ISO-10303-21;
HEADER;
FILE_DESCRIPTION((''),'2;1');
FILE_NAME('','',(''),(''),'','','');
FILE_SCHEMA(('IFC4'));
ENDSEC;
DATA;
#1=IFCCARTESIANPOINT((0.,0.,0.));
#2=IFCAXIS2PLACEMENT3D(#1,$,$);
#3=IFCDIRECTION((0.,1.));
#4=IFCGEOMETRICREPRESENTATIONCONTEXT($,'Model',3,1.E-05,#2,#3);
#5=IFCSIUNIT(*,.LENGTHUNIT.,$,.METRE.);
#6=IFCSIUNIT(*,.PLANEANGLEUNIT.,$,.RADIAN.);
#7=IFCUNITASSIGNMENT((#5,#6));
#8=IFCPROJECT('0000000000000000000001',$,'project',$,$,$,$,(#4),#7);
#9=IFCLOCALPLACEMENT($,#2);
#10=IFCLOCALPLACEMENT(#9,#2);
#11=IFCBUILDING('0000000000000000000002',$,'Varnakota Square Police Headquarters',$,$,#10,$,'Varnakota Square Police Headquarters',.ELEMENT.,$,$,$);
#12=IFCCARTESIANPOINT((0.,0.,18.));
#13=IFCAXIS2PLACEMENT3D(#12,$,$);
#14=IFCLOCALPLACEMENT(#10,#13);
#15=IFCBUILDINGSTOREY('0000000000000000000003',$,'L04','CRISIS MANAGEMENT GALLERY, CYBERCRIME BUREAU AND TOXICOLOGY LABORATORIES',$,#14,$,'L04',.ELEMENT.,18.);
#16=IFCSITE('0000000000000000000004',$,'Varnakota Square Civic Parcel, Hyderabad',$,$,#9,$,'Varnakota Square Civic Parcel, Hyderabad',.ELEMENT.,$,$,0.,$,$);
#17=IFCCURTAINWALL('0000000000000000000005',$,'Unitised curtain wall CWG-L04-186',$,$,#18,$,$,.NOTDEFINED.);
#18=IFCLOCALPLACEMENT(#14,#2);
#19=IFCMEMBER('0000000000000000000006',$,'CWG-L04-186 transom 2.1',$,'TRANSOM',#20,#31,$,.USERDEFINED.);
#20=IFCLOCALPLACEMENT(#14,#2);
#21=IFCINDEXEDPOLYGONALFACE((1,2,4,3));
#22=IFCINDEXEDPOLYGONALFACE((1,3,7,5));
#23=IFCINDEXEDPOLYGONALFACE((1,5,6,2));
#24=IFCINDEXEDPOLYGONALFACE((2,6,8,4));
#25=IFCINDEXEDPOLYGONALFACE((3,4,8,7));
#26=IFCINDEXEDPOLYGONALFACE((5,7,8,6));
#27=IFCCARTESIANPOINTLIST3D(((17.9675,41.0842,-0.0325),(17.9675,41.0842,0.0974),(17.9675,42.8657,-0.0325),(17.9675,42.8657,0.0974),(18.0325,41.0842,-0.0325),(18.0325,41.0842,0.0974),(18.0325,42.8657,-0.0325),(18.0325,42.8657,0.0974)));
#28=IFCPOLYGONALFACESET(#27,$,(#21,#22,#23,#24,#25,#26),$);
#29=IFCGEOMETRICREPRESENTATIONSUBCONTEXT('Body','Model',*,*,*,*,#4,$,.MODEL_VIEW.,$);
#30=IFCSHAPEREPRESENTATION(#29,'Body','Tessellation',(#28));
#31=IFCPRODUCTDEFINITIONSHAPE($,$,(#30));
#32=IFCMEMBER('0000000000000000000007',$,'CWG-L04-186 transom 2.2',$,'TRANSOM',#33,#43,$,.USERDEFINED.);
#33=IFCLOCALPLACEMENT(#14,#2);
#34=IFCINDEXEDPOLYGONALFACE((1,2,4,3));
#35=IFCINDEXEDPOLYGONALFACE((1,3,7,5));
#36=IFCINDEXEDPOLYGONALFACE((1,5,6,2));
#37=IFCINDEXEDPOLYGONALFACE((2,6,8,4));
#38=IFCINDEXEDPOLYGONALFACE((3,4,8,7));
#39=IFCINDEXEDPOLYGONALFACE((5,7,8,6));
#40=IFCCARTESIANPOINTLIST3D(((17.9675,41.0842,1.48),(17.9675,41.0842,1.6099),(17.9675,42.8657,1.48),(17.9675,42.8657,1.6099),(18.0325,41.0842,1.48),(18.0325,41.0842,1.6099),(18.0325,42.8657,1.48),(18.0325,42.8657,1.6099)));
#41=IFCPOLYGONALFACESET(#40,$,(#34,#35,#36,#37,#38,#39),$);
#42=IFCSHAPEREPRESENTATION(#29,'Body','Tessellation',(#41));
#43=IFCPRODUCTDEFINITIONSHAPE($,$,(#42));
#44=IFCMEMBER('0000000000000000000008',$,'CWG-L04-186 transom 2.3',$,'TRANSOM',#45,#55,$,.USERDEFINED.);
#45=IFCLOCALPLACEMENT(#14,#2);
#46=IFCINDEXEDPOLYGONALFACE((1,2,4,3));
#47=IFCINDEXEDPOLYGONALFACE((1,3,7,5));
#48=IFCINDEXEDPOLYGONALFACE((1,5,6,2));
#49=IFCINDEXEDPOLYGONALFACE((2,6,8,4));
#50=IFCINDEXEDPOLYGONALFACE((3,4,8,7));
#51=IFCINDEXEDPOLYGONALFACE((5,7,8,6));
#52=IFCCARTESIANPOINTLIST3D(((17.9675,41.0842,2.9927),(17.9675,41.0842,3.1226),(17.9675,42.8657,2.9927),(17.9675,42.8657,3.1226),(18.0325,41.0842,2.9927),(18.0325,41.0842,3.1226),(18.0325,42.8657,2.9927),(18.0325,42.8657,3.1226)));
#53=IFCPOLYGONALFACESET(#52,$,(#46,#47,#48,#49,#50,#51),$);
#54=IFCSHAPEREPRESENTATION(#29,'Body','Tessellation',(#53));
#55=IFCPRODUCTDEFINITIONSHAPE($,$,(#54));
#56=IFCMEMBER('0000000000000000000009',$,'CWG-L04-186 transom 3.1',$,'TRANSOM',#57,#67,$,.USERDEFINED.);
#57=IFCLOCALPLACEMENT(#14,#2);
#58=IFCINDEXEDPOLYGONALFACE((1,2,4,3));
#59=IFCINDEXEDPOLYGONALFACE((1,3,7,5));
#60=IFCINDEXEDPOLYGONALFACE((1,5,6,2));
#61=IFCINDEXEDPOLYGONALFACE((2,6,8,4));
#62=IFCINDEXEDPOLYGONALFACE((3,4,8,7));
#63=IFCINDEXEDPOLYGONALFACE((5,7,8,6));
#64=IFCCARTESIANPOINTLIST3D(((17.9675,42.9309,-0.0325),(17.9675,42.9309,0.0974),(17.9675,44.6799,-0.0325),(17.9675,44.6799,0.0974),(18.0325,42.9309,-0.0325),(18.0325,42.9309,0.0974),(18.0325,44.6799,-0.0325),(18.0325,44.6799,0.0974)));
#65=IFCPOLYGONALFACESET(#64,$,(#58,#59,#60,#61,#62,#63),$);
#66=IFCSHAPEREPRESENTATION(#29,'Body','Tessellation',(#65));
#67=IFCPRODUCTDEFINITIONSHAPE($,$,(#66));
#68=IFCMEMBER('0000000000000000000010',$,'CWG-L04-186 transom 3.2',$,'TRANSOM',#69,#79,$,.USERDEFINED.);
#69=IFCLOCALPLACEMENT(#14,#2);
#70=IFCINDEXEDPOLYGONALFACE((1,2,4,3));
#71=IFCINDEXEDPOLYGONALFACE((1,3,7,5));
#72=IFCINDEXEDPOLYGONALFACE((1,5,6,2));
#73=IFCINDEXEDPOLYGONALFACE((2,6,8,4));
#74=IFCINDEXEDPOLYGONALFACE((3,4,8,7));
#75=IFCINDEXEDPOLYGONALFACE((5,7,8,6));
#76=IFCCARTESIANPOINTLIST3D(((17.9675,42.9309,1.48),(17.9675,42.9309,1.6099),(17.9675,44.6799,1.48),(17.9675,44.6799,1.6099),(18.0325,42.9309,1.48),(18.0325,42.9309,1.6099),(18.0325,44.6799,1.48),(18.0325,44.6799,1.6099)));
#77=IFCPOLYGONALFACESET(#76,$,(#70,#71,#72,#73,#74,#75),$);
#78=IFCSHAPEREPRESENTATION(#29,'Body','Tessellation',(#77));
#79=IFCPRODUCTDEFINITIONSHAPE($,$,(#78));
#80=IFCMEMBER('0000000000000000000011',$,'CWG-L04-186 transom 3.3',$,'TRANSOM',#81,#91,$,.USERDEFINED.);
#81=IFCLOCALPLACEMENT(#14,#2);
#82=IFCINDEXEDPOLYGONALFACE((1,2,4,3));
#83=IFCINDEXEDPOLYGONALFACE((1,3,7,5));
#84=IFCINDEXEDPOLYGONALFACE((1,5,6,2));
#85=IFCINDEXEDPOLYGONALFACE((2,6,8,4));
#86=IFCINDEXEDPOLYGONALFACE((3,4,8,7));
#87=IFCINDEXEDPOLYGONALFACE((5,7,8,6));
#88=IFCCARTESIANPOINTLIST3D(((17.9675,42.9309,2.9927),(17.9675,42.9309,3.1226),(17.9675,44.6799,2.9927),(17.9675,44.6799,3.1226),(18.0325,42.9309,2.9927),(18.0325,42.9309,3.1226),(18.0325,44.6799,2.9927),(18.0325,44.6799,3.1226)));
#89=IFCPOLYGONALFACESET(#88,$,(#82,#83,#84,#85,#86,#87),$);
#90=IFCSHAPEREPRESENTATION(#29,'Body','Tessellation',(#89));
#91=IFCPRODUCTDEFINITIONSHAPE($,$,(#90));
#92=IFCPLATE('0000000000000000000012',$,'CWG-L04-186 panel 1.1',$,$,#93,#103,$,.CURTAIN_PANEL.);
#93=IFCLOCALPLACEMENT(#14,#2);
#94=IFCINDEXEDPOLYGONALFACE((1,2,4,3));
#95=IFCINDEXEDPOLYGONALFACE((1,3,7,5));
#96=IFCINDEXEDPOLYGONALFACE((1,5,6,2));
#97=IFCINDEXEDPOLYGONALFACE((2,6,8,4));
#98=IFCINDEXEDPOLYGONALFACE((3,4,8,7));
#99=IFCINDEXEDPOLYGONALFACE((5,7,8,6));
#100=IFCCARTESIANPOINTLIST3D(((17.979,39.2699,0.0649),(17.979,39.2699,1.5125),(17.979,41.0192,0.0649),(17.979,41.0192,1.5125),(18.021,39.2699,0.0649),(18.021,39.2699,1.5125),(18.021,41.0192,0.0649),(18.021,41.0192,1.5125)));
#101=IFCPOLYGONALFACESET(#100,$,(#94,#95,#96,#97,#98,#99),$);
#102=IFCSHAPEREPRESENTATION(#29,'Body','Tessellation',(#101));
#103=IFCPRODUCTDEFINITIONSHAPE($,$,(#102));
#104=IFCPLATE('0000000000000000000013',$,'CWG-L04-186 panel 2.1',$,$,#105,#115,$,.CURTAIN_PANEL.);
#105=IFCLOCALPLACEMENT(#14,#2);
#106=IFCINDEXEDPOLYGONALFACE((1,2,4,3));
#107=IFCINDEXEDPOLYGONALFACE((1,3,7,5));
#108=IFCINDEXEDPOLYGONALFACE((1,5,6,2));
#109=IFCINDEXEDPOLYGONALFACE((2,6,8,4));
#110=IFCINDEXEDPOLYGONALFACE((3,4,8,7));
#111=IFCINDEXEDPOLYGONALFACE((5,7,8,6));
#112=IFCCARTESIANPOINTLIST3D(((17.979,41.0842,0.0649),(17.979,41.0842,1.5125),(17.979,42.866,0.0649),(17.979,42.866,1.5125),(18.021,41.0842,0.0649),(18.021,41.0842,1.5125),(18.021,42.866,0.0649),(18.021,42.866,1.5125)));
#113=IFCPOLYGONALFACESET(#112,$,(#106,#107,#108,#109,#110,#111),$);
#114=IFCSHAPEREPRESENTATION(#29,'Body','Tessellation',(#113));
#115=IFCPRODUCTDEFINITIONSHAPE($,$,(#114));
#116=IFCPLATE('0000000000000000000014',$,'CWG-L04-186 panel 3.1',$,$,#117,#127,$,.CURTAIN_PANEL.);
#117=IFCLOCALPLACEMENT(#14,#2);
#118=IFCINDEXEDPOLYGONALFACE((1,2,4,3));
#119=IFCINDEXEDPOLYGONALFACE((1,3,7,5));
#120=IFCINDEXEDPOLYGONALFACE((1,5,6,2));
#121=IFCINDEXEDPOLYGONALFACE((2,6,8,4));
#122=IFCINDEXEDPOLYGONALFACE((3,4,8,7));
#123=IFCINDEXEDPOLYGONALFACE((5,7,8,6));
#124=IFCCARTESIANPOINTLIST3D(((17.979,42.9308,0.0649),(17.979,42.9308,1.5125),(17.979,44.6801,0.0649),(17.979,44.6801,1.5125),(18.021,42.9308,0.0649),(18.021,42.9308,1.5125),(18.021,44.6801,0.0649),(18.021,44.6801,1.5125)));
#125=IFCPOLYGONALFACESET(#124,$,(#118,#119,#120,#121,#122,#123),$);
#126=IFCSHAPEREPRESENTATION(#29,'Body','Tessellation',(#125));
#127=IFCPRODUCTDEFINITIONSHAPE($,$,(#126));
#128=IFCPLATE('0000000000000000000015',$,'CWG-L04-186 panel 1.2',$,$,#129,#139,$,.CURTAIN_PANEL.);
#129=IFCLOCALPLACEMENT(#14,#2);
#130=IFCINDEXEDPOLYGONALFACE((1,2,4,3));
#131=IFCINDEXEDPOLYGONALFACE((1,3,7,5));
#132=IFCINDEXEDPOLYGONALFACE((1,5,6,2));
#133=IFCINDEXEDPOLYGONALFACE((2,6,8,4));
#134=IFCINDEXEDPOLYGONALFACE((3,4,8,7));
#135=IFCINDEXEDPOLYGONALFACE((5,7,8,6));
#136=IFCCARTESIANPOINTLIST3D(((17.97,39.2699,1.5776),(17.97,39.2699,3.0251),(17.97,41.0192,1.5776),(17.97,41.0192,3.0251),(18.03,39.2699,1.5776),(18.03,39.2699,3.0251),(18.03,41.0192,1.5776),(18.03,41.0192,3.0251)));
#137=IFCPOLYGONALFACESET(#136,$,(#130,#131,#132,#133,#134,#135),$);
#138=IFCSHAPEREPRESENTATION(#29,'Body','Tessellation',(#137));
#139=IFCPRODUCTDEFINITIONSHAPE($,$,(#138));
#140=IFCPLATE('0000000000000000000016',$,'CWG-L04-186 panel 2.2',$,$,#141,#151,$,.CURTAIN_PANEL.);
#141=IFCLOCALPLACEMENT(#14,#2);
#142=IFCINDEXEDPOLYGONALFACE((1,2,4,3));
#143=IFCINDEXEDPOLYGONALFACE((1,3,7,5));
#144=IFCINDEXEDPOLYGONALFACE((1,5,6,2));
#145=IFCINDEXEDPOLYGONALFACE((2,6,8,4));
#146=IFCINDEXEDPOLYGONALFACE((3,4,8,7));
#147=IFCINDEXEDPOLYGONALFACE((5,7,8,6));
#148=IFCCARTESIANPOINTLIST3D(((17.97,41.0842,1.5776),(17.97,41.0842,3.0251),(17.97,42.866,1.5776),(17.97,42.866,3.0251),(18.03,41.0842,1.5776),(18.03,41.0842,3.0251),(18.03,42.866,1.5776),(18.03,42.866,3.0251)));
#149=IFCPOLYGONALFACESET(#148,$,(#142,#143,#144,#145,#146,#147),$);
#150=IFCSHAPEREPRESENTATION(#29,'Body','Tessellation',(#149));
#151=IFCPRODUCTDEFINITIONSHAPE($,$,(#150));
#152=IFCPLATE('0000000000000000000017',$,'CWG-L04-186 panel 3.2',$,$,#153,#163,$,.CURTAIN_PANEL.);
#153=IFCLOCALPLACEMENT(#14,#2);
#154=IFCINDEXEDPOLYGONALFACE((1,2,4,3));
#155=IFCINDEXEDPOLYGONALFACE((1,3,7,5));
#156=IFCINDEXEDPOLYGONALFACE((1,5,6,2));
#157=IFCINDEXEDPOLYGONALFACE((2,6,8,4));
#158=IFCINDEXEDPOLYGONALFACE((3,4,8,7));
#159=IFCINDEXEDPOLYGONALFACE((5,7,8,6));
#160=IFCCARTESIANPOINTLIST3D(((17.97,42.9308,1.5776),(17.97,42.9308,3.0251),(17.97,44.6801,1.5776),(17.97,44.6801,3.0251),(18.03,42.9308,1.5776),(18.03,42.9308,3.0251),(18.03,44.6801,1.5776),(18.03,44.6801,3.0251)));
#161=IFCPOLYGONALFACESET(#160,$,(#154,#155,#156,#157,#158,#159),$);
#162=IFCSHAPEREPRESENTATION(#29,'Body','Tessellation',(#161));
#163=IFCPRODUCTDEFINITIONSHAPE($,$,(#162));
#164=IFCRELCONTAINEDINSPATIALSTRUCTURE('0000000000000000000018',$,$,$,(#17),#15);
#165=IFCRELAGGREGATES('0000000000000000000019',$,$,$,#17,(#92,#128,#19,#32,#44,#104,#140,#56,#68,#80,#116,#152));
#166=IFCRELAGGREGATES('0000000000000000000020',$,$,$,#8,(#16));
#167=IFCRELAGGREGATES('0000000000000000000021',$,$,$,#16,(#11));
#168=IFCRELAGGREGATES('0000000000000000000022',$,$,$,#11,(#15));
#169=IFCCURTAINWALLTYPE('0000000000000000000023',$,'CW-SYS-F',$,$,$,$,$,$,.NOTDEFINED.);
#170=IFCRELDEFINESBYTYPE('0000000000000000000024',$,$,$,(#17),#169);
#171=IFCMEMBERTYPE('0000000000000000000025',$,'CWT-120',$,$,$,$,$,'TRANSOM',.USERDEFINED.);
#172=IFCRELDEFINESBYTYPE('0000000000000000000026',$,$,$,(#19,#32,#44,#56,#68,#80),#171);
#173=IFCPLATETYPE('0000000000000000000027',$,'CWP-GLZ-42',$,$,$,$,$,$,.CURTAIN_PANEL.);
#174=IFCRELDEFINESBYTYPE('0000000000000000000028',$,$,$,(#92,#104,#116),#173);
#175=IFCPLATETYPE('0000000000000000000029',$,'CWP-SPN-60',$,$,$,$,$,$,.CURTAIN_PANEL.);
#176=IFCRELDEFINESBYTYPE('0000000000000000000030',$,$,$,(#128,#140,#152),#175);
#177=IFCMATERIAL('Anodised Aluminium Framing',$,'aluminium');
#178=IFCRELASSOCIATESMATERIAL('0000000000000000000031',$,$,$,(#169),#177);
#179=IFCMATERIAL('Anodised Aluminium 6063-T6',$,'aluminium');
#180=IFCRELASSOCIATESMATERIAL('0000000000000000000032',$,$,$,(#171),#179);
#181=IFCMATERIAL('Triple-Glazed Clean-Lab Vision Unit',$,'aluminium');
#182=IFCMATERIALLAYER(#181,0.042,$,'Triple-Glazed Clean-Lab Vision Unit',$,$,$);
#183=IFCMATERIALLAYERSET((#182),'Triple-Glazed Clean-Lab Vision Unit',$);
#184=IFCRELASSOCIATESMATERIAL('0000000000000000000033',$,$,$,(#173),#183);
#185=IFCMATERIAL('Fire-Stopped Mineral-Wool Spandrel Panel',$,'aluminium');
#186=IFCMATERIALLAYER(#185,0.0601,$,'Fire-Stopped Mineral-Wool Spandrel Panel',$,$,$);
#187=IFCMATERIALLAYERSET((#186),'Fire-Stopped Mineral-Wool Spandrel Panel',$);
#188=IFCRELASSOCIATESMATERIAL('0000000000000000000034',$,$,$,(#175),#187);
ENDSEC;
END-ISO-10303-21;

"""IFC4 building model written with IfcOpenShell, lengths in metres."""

from ifc_helpers import new_model, si_unit, direction, frame, origin, origin_2d, place, context, subcontext, project, spatial, rectangle, extrude, material, layer, layer_set, material_profile, profile_set, type_object, element, aggregate, save


model = new_model("IFC4")

# Units and contexts
model_context = context("Model", 3, precision=1e-05, world=origin(), true_north=direction((0.0, 1.0)))
body_context = subcontext(model_context, "Body", "Model", "MODEL_VIEW")
ifc_project = project(units=[si_unit("LENGTHUNIT", "METRE"), si_unit("PLANEANGLEUNIT", "RADIAN")], contexts=[model_context])

# Site, building, storey
site_placement = place(None, origin())
site = spatial("IfcSite", under=ifc_project, at=site_placement, Name="Varnakota Square Civic Parcel, Hyderabad", LongName="Varnakota Square Civic Parcel, Hyderabad", CompositionType="ELEMENT", RefElevation=0.0)
building_placement = place(site_placement, origin())
building = spatial("IfcBuilding", under=site, at=building_placement, Name="Varnakota Square Police Headquarters", LongName="Varnakota Square Police Headquarters", CompositionType="ELEMENT")
storey_placement = place(building_placement, frame((0.0, 0.0, 18.0)))
storey = spatial("IfcBuildingStorey", under=building, at=storey_placement, Name="L04", Description="CRISIS MANAGEMENT GALLERY, CYBERCRIME BUREAU AND TOXICOLOGY LABORATORIES", LongName="L04", CompositionType="ELEMENT", Elevation=18.0)

# Curtain wall, members, plates
ifc_material_1 = material(Name="Anodised Aluminium Framing", Category="aluminium")
curtain_wall_type = type_object("IfcCurtainWallType", Name="CW-SYS-F", PredefinedType="NOTDEFINED", material=ifc_material_1)
curtain_wall_placement = place(storey_placement, origin())
curtain_wall = element("IfcCurtainWall", 1, at=curtain_wall_placement, inside=storey, type_object=curtain_wall_type, Name="Unitised curtain wall CWG-L04-186", PredefinedType="NOTDEFINED")
ifc_material_2 = material(Name="Anodised Aluminium 6063-T6", Category="aluminium")
ifc_material_profile_1 = material_profile(ifc_material_2, rectangle(XDim=0.0649, YDim=0.1299, at=origin_2d()), Name="ALU TRANSOM 65x130")
ifc_profile_set_1 = profile_set([ifc_material_profile_1], Name="Anodised Aluminium 6063-T6")
member_type_1 = type_object("IfcMemberType", Name="CWT-120", ElementType="TRANSOM", PredefinedType="USERDEFINED", material=ifc_profile_set_1)
member_1_placement = place(storey_placement, frame((18.0, 41.0842, 0.0325), z_axis=(0.0, 1.0, 0.0), x_axis=(-1.0, 0.0, 0.0)))
member_1 = element("IfcMember", 2, at=member_1_placement, type_object=member_type_1, Name="CWG-L04-186 transom 2.1", ObjectType="TRANSOM", PredefinedType="USERDEFINED", context=body_context, shape_type="SweptSolid", body=[
    extrude(rectangle(XDim=0.0649, YDim=0.1299, at=origin_2d()), origin(), (0.0, 0.0, 1.0), 1.7815),
])
member_2_placement = place(storey_placement, frame((18.0, 41.0842, 1.5449), z_axis=(0.0, 1.0, 0.0), x_axis=(-1.0, 0.0, 0.0)))
member_2 = element("IfcMember", 3, at=member_2_placement, type_object=member_type_1, Name="CWG-L04-186 transom 2.2", ObjectType="TRANSOM", PredefinedType="USERDEFINED", context=body_context, shape_type="SweptSolid", body=[
    extrude(rectangle(XDim=0.0649, YDim=0.1299, at=origin_2d()), origin(), (0.0, 0.0, 1.0), 1.7815),
])
member_3_placement = place(storey_placement, frame((18.0, 41.0842, 3.0576), z_axis=(0.0, 1.0, 0.0), x_axis=(-1.0, 0.0, 0.0)))
member_3 = element("IfcMember", 4, at=member_3_placement, type_object=member_type_1, Name="CWG-L04-186 transom 2.3", ObjectType="TRANSOM", PredefinedType="USERDEFINED", context=body_context, shape_type="SweptSolid", body=[
    extrude(rectangle(XDim=0.0649, YDim=0.1299, at=origin_2d()), origin(), (0.0, 0.0, 1.0), 1.7815),
])
member_4_placement = place(storey_placement, frame((18.0, 42.9309, 0.0325), z_axis=(0.0, 1.0, 0.0), x_axis=(-1.0, 0.0, 0.0)))
member_4 = element("IfcMember", 5, at=member_4_placement, type_object=member_type_1, Name="CWG-L04-186 transom 3.1", ObjectType="TRANSOM", PredefinedType="USERDEFINED", context=body_context, shape_type="SweptSolid", body=[
    extrude(rectangle(XDim=0.0649, YDim=0.1299, at=origin_2d()), origin(), (0.0, 0.0, 1.0), 1.749),
])
member_5_placement = place(storey_placement, frame((18.0, 42.9309, 1.5449), z_axis=(0.0, 1.0, 0.0), x_axis=(-1.0, 0.0, 0.0)))
member_5 = element("IfcMember", 6, at=member_5_placement, type_object=member_type_1, Name="CWG-L04-186 transom 3.2", ObjectType="TRANSOM", PredefinedType="USERDEFINED", context=body_context, shape_type="SweptSolid", body=[
    extrude(rectangle(XDim=0.0649, YDim=0.1299, at=origin_2d()), origin(), (0.0, 0.0, 1.0), 1.749),
])
member_6_placement = place(storey_placement, frame((18.0, 42.9309, 3.0576), z_axis=(0.0, 1.0, 0.0), x_axis=(-1.0, 0.0, 0.0)))
member_6 = element("IfcMember", 7, at=member_6_placement, type_object=member_type_1, Name="CWG-L04-186 transom 3.3", ObjectType="TRANSOM", PredefinedType="USERDEFINED", context=body_context, shape_type="SweptSolid", body=[
    extrude(rectangle(XDim=0.0649, YDim=0.1299, at=origin_2d()), origin(), (0.0, 0.0, 1.0), 1.749),
])
ifc_material_3 = material(Name="Triple-Glazed Clean-Lab Vision Unit", Category="aluminium")
ifc_layer_1 = layer(ifc_material_3, 0.042, Name="Triple-Glazed Clean-Lab Vision Unit")
ifc_layer_set_1 = layer_set([ifc_layer_1], Name="Triple-Glazed Clean-Lab Vision Unit")
plate_type_1 = type_object("IfcPlateType", Name="CWP-GLZ-42", PredefinedType="CURTAIN_PANEL", material=ifc_layer_set_1)
plate_1_placement = place(storey_placement, frame((18.0, 40.1445, 0.0649), z_axis=(0.0, 0.0, 1.0), x_axis=(0.0, 1.0, 0.0)))
plate_1 = element("IfcPlate", 8, at=plate_1_placement, type_object=plate_type_1, Name="CWG-L04-186 panel 1.1", PredefinedType="CURTAIN_PANEL", context=body_context, shape_type="SweptSolid", body=[
    extrude(rectangle(XDim=1.7493, YDim=0.042, at=origin_2d()), origin(), (0.0, 0.0, 1.0), 1.4475),
])
plate_2_placement = place(storey_placement, frame((18.0, 41.9751, 0.0649), z_axis=(0.0, 0.0, 1.0), x_axis=(0.0, 1.0, 0.0)))
plate_2 = element("IfcPlate", 9, at=plate_2_placement, type_object=plate_type_1, Name="CWG-L04-186 panel 2.1", PredefinedType="CURTAIN_PANEL", context=body_context, shape_type="SweptSolid", body=[
    extrude(rectangle(XDim=1.7817, YDim=0.042, at=origin_2d()), origin(), (0.0, 0.0, 1.0), 1.4475),
])
plate_3_placement = place(storey_placement, frame((18.0, 43.8054, 0.0649), z_axis=(0.0, 0.0, 1.0), x_axis=(0.0, 1.0, 0.0)))
plate_3 = element("IfcPlate", 10, at=plate_3_placement, type_object=plate_type_1, Name="CWG-L04-186 panel 3.1", PredefinedType="CURTAIN_PANEL", context=body_context, shape_type="SweptSolid", body=[
    extrude(rectangle(XDim=1.7493, YDim=0.042, at=origin_2d()), origin(), (0.0, 0.0, 1.0), 1.4475),
])
ifc_material_4 = material(Name="Fire-Stopped Mineral-Wool Spandrel Panel", Category="aluminium")
ifc_layer_2 = layer(ifc_material_4, 0.0601, Name="Fire-Stopped Mineral-Wool Spandrel Panel")
ifc_layer_set_2 = layer_set([ifc_layer_2], Name="Fire-Stopped Mineral-Wool Spandrel Panel")
plate_type_2 = type_object("IfcPlateType", Name="CWP-SPN-60", PredefinedType="CURTAIN_PANEL", material=ifc_layer_set_2)
plate_4_placement = place(storey_placement, frame((18.0, 40.1445, 1.5776), z_axis=(0.0, 0.0, 1.0), x_axis=(0.0, 1.0, 0.0)))
plate_4 = element("IfcPlate", 11, at=plate_4_placement, type_object=plate_type_2, Name="CWG-L04-186 panel 1.2", PredefinedType="CURTAIN_PANEL", context=body_context, shape_type="SweptSolid", body=[
    extrude(rectangle(XDim=1.7493, YDim=0.0601, at=origin_2d()), origin(), (0.0, 0.0, 1.0), 1.4475),
])
plate_5_placement = place(storey_placement, frame((18.0, 41.9751, 1.5776), z_axis=(0.0, 0.0, 1.0), x_axis=(0.0, 1.0, 0.0)))
plate_5 = element("IfcPlate", 12, at=plate_5_placement, type_object=plate_type_2, Name="CWG-L04-186 panel 2.2", PredefinedType="CURTAIN_PANEL", context=body_context, shape_type="SweptSolid", body=[
    extrude(rectangle(XDim=1.7817, YDim=0.0601, at=origin_2d()), origin(), (0.0, 0.0, 1.0), 1.4475),
])
plate_6_placement = place(storey_placement, frame((18.0, 43.8054, 1.5776), z_axis=(0.0, 0.0, 1.0), x_axis=(0.0, 1.0, 0.0)))
plate_6 = element("IfcPlate", 13, at=plate_6_placement, type_object=plate_type_2, Name="CWG-L04-186 panel 3.2", PredefinedType="CURTAIN_PANEL", context=body_context, shape_type="SweptSolid", body=[
    extrude(rectangle(XDim=1.7493, YDim=0.0601, at=origin_2d()), origin(), (0.0, 0.0, 1.0), 1.4475),
])
aggregate(curtain_wall, [plate_1, plate_4, member_1, member_2, member_3, plate_2, plate_5, member_4, member_5, member_6, plate_3, plate_6])

save(model, "model.ifc")
